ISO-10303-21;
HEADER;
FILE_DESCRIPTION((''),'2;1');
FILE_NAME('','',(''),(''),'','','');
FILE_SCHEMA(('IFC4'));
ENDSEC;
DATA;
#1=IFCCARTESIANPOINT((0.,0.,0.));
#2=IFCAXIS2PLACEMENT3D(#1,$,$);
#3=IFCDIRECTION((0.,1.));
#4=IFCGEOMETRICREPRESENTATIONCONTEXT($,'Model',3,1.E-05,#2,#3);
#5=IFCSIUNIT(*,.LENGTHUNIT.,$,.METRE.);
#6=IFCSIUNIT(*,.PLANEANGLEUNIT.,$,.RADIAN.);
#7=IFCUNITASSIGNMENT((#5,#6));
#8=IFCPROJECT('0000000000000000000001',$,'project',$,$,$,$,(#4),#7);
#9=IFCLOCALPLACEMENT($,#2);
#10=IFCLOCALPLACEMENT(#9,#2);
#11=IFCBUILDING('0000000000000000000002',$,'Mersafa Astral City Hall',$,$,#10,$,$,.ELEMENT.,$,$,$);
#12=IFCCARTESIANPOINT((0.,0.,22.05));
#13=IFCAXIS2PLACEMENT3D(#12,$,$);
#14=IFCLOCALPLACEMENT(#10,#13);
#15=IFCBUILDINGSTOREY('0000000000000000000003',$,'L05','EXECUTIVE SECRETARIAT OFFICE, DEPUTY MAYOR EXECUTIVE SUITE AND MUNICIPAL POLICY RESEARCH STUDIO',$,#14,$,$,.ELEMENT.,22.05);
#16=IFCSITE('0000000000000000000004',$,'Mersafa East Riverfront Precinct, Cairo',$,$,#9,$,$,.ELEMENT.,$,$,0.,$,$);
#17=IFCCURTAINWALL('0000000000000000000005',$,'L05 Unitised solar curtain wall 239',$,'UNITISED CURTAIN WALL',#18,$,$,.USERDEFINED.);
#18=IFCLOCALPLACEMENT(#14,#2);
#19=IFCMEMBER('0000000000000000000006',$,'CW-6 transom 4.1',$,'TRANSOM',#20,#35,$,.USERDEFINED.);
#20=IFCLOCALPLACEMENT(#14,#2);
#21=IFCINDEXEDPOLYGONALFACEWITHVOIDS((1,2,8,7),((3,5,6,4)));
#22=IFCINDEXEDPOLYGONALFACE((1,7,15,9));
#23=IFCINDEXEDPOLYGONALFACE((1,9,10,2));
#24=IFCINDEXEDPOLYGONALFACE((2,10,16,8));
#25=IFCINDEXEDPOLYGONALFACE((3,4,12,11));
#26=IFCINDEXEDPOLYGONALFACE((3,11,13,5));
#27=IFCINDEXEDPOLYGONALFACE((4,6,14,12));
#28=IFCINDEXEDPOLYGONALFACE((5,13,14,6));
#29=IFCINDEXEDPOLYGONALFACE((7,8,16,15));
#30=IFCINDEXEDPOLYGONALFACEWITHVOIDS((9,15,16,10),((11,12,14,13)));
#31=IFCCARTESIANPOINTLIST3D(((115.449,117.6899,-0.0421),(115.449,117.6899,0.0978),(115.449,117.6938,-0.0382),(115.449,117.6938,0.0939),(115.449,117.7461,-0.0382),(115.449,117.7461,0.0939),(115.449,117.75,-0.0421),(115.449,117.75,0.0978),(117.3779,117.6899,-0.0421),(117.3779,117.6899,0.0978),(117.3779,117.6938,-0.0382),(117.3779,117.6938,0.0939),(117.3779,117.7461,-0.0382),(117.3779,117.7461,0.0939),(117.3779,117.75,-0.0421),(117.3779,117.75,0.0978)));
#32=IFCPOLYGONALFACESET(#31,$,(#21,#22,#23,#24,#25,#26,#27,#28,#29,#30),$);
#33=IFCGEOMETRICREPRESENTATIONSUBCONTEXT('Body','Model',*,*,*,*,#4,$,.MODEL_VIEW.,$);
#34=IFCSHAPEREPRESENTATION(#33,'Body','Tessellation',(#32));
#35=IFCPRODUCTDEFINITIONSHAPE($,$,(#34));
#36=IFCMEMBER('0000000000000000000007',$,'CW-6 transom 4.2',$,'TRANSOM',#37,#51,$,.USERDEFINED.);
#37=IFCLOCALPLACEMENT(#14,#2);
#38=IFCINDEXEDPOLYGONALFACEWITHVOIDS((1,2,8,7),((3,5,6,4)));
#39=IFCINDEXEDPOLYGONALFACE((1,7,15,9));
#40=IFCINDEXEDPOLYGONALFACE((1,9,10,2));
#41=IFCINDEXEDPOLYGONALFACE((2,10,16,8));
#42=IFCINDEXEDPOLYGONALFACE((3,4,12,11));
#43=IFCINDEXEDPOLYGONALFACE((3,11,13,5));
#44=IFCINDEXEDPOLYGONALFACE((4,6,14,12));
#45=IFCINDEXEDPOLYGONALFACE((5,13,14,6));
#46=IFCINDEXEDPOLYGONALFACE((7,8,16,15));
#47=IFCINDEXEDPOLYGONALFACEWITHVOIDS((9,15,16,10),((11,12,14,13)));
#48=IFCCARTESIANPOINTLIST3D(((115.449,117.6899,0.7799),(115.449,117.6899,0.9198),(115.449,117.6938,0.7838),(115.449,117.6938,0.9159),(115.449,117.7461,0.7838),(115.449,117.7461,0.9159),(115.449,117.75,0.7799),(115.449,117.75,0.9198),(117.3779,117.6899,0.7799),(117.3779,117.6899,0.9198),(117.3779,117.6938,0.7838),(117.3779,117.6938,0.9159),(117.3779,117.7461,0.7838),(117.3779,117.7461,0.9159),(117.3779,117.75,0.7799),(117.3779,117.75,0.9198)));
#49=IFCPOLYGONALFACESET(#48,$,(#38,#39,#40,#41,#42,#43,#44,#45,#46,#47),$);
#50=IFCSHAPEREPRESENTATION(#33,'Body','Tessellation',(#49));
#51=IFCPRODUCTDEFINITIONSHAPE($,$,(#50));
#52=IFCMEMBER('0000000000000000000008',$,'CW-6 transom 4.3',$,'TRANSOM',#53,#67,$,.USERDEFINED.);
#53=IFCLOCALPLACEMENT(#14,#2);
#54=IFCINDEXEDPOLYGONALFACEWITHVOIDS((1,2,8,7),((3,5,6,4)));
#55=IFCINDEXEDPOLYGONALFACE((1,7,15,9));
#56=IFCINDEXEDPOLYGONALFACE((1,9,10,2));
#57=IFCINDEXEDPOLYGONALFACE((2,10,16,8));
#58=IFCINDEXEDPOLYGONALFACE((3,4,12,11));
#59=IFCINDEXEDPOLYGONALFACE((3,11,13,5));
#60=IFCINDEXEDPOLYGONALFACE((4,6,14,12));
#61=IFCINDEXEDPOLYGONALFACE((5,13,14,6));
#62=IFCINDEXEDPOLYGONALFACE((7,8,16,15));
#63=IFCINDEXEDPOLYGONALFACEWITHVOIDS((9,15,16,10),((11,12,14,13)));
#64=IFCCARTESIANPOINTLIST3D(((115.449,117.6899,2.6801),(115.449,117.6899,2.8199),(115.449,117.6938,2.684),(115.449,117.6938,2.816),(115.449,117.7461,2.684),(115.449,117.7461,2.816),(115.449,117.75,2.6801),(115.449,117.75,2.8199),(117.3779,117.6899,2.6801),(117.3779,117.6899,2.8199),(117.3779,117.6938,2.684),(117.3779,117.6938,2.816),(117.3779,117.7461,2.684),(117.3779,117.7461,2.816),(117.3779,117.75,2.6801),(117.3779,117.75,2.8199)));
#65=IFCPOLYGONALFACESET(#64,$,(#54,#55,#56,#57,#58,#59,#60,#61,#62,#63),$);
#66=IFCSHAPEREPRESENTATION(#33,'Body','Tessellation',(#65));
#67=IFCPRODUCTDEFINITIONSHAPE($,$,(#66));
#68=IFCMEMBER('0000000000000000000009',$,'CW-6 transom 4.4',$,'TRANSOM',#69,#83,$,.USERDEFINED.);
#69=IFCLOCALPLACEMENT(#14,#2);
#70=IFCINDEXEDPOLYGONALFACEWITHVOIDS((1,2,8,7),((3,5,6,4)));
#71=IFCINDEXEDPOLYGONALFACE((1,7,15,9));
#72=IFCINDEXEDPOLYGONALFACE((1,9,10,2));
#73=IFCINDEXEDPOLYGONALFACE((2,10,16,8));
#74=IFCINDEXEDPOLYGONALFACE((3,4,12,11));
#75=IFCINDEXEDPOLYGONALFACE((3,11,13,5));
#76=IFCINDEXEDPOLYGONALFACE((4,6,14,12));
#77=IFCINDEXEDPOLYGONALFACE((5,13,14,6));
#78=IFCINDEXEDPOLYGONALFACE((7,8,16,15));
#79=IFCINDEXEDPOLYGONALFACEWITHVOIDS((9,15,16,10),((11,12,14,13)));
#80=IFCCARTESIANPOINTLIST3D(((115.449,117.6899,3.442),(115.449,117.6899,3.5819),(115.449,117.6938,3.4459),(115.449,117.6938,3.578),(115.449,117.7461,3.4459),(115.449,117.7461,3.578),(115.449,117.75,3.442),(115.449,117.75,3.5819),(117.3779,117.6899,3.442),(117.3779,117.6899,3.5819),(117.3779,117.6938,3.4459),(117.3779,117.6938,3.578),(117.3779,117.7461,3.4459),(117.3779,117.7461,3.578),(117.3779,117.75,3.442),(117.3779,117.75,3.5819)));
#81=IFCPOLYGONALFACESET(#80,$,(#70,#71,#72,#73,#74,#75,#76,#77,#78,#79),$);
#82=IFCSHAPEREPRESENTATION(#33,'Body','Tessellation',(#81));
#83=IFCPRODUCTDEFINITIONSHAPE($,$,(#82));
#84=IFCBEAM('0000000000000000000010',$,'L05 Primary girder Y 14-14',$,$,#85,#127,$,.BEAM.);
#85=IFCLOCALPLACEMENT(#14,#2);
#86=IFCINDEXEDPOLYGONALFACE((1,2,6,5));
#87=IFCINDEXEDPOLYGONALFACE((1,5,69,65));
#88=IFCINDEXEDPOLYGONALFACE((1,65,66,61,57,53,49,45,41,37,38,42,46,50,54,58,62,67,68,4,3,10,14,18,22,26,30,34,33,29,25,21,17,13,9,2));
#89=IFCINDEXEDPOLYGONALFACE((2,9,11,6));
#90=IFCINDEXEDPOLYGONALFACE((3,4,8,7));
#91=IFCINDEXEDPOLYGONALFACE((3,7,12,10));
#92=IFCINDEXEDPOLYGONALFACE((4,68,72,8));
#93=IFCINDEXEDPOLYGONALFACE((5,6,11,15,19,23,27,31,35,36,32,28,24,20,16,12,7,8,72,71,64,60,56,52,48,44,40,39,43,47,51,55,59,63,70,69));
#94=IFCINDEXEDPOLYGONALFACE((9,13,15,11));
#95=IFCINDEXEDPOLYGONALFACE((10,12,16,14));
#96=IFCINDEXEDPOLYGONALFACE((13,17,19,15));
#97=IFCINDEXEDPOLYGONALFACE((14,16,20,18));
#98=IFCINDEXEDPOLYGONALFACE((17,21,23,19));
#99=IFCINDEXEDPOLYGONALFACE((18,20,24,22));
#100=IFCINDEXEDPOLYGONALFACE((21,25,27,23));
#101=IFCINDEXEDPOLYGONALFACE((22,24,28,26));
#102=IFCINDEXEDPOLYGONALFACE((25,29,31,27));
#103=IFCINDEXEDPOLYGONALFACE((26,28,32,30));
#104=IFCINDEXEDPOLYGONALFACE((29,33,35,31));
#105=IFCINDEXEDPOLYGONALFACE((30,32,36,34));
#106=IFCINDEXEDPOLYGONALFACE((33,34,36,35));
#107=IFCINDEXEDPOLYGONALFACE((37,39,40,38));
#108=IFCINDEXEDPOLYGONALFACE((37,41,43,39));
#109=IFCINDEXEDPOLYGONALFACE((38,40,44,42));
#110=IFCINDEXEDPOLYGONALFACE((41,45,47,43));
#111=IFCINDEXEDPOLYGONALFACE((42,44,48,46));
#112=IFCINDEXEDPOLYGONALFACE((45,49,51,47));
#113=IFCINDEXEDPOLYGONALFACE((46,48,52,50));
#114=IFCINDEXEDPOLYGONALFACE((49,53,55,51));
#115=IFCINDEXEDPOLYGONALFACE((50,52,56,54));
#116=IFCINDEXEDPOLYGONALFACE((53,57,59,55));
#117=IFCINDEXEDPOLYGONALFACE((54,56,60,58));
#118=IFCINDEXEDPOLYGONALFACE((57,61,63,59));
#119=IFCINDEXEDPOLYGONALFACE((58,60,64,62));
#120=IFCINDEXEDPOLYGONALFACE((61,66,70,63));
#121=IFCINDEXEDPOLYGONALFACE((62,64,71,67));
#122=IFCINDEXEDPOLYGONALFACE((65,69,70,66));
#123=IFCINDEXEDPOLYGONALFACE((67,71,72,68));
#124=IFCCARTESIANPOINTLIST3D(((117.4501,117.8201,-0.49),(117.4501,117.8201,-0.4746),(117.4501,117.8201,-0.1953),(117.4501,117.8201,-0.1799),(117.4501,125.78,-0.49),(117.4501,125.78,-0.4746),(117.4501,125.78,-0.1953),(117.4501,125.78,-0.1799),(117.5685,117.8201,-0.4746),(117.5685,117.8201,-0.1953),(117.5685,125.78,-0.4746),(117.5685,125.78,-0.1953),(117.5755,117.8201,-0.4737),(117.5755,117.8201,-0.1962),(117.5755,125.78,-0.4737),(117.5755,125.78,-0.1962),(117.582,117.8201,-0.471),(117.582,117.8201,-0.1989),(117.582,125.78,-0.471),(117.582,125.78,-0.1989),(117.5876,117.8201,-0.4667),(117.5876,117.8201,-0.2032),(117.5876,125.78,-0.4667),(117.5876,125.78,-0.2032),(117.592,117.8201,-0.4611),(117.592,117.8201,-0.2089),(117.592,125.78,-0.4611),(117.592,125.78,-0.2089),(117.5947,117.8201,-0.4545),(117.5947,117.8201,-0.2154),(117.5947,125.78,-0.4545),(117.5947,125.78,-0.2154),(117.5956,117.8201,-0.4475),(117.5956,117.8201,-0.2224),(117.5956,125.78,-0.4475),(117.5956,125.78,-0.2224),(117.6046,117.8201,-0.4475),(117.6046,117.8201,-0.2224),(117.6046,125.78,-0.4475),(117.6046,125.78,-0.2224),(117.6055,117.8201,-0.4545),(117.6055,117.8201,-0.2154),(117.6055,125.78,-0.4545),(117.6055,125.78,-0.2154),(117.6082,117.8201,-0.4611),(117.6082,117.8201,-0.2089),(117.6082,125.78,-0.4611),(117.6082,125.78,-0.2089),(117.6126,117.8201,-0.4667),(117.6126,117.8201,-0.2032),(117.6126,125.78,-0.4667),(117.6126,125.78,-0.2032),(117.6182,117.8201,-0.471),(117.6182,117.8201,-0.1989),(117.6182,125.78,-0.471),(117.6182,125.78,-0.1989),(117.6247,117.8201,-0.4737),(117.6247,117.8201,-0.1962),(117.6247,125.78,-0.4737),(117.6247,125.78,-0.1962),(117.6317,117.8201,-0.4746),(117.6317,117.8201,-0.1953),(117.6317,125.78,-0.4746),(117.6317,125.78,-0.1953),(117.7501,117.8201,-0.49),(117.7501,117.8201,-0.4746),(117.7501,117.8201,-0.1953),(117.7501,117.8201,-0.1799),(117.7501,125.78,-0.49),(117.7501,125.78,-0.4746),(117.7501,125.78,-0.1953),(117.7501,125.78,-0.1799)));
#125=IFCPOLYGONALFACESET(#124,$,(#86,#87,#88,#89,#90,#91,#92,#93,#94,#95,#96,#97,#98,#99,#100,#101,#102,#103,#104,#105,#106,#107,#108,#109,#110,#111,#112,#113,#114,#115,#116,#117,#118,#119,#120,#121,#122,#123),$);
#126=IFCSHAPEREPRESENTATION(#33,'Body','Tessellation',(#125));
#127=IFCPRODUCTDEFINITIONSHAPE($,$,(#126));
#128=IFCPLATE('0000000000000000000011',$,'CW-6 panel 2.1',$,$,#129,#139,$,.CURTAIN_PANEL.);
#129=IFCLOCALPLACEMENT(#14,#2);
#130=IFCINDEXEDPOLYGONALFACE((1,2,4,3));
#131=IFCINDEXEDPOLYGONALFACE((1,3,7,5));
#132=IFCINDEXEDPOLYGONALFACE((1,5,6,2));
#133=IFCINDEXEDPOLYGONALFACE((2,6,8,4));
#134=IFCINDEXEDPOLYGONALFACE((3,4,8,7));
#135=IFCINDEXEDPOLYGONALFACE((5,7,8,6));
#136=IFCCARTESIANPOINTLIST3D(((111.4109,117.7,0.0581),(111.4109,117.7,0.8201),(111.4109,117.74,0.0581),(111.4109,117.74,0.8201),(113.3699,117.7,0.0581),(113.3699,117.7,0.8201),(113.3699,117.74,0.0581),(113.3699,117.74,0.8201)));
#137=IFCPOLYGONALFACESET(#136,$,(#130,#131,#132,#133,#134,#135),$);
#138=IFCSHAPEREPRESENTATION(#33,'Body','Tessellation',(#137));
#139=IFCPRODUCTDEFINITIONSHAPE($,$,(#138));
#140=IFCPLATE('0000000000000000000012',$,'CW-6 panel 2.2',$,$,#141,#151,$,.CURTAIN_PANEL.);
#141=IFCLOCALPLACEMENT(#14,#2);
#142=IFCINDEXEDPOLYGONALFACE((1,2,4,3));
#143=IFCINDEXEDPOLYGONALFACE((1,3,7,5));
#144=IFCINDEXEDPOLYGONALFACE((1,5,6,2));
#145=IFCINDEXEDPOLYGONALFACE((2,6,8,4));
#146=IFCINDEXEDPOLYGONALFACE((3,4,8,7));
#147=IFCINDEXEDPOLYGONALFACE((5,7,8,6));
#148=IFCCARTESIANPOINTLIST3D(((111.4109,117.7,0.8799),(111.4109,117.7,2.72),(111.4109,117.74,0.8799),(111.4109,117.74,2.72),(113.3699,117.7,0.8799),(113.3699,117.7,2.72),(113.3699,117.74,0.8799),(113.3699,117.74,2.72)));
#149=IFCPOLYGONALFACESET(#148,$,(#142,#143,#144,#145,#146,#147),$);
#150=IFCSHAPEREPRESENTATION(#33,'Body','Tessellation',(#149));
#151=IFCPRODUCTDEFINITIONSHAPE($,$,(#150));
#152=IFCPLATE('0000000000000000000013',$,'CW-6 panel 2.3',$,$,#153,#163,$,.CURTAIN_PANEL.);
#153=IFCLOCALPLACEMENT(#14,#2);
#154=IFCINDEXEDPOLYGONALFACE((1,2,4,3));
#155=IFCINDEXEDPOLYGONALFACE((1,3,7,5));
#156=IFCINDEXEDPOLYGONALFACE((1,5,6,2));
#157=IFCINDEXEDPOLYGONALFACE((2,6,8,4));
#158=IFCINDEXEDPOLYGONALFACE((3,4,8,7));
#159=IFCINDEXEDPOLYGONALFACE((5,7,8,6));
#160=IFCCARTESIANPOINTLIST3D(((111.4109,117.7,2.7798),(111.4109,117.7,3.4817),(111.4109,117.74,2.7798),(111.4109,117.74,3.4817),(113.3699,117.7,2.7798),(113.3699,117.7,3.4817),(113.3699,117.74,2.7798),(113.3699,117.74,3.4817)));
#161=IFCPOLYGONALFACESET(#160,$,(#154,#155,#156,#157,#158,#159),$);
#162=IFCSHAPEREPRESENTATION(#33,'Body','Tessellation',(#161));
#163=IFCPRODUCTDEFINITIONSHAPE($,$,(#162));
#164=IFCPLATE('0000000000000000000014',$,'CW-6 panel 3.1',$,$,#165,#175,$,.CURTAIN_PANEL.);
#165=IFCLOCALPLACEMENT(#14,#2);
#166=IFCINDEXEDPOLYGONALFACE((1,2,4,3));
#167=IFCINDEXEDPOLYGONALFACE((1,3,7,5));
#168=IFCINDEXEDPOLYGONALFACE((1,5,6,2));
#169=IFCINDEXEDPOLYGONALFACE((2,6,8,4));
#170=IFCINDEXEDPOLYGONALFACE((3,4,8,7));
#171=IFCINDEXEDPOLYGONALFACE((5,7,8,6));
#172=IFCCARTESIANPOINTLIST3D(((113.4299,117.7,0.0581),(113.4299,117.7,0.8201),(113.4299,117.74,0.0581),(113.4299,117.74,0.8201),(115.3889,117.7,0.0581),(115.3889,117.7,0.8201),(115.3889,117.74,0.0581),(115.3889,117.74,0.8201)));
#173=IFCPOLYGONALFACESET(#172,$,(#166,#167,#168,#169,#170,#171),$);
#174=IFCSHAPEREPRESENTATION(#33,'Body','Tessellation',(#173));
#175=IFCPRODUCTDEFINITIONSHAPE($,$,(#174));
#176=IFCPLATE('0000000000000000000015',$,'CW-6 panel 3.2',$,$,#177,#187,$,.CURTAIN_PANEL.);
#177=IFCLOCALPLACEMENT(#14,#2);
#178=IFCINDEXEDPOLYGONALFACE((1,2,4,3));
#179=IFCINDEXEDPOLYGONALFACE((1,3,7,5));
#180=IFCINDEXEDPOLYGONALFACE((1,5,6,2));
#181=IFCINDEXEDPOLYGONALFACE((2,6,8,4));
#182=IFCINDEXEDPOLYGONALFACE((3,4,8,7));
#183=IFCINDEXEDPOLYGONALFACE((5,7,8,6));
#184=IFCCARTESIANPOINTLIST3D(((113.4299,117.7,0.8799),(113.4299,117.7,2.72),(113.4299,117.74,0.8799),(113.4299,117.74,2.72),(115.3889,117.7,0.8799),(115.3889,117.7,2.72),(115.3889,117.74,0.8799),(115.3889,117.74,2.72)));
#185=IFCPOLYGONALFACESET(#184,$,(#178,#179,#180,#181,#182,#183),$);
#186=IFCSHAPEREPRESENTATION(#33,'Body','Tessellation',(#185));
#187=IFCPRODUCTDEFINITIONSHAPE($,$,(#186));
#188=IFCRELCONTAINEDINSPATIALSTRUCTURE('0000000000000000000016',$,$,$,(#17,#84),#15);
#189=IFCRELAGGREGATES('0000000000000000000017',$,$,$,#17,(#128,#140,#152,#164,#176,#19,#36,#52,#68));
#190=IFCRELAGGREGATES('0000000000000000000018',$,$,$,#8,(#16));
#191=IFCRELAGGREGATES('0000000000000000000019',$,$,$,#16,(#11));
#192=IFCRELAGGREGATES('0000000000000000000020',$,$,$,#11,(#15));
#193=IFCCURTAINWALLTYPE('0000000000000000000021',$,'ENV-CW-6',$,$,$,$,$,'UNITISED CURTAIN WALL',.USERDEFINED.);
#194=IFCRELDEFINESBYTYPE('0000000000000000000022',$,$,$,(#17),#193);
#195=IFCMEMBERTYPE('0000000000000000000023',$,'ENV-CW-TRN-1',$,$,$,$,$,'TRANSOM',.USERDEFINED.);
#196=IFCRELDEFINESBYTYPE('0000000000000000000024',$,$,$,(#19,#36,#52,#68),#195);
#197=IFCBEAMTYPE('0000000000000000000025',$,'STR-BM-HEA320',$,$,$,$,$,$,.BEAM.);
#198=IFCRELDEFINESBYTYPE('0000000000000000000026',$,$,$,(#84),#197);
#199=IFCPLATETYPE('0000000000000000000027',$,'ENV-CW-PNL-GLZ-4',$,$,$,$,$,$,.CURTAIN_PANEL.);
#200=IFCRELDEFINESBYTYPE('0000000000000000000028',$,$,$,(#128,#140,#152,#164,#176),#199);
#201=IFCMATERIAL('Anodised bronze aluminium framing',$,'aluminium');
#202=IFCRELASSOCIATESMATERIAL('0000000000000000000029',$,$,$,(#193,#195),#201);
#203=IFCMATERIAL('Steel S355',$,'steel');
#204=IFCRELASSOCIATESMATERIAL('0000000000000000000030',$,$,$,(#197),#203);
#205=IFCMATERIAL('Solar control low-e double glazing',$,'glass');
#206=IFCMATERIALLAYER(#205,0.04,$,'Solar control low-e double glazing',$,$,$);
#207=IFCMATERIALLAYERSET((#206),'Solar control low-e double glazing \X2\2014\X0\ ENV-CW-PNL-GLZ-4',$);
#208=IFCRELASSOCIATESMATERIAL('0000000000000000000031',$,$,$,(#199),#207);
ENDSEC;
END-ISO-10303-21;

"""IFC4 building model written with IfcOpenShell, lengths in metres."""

from ifc_helpers import new_model, si_unit, direction, frame, origin, origin_2d, place, context, subcontext, project, spatial, rectangle, hollow_rectangle, i_section, extrude, material, layer, layer_set, material_profile, profile_set, type_object, element, aggregate, save


model = new_model("IFC4")

# Units and contexts
model_context = context("Model", 3, precision=1e-05, world=origin(), true_north=direction((0.0, 1.0)))
body_context = subcontext(model_context, "Body", "Model", "MODEL_VIEW")
ifc_project = project(units=[si_unit("LENGTHUNIT", "METRE"), si_unit("PLANEANGLEUNIT", "RADIAN")], contexts=[model_context])

# Site, building, storey
site_placement = place(None, origin())
site = spatial("IfcSite", under=ifc_project, at=site_placement, Name="Mersafa East Riverfront Precinct, Cairo", CompositionType="ELEMENT", RefElevation=0.0)
building_placement = place(site_placement, origin())
building = spatial("IfcBuilding", under=site, at=building_placement, Name="Mersafa Astral City Hall", CompositionType="ELEMENT")
storey_placement = place(building_placement, frame((0.0, 0.0, 22.05)))
storey = spatial("IfcBuildingStorey", under=building, at=storey_placement, Name="L05", Description="EXECUTIVE SECRETARIAT OFFICE, DEPUTY MAYOR EXECUTIVE SUITE AND MUNICIPAL POLICY RESEARCH STUDIO", CompositionType="ELEMENT", Elevation=22.05)

# Curtain wall, members
ifc_material_1 = material(Name="Anodised bronze aluminium framing", Category="aluminium")
curtain_wall_type = type_object("IfcCurtainWallType", Name="ENV-CW-6", ElementType="UNITISED CURTAIN WALL", PredefinedType="USERDEFINED", material=ifc_material_1)
curtain_wall_placement = place(storey_placement, origin())
curtain_wall = element("IfcCurtainWall", 1, at=curtain_wall_placement, inside=storey, type_object=curtain_wall_type, Name="L05 Unitised solar curtain wall 239", ObjectType="UNITISED CURTAIN WALL", PredefinedType="USERDEFINED")
ifc_material_profile_1 = material_profile(ifc_material_1, hollow_rectangle(XDim=0.0601, YDim=0.1399, WallThickness=0.0039, at=origin_2d()), Name="RHS 60x140x4")
ifc_profile_set_1 = profile_set([ifc_material_profile_1], Name="Anodised bronze aluminium framing")
member_type_1 = type_object("IfcMemberType", Name="ENV-CW-TRN-1", ElementType="TRANSOM", PredefinedType="USERDEFINED", material=ifc_profile_set_1)
member_1_placement = place(storey_placement, frame((115.449, 117.72, 0.0278), z_axis=(1.0, 0.0, 0.0), x_axis=(0.0, 1.0, 0.0)))
member_1 = element("IfcMember", 2, at=member_1_placement, type_object=member_type_1, Name="CW-6 transom 4.1", ObjectType="TRANSOM", PredefinedType="USERDEFINED", context=body_context, shape_type="SweptSolid", body=[
    extrude(hollow_rectangle(XDim=0.0601, YDim=0.1399, WallThickness=0.0039, at=origin_2d()), origin(), (0.0, 0.0, 1.0), 1.929),
])
member_2_placement = place(storey_placement, frame((115.449, 117.72, 0.8499), z_axis=(1.0, 0.0, 0.0), x_axis=(0.0, 1.0, 0.0)))
member_2 = element("IfcMember", 3, at=member_2_placement, type_object=member_type_1, Name="CW-6 transom 4.2", ObjectType="TRANSOM", PredefinedType="USERDEFINED", context=body_context, shape_type="SweptSolid", body=[
    extrude(hollow_rectangle(XDim=0.0601, YDim=0.1399, WallThickness=0.0039, at=origin_2d()), origin(), (0.0, 0.0, 1.0), 1.929),
])
member_3_placement = place(storey_placement, frame((115.449, 117.72, 2.75), z_axis=(1.0, 0.0, 0.0), x_axis=(0.0, 1.0, 0.0)))
member_3 = element("IfcMember", 4, at=member_3_placement, type_object=member_type_1, Name="CW-6 transom 4.3", ObjectType="TRANSOM", PredefinedType="USERDEFINED", context=body_context, shape_type="SweptSolid", body=[
    extrude(hollow_rectangle(XDim=0.0601, YDim=0.1399, WallThickness=0.0039, at=origin_2d()), origin(), (0.0, 0.0, 1.0), 1.929),
])
member_4_placement = place(storey_placement, frame((115.449, 117.72, 3.512), z_axis=(1.0, 0.0, 0.0), x_axis=(0.0, 1.0, 0.0)))
member_4 = element("IfcMember", 5, at=member_4_placement, type_object=member_type_1, Name="CW-6 transom 4.4", ObjectType="TRANSOM", PredefinedType="USERDEFINED", context=body_context, shape_type="SweptSolid", body=[
    extrude(hollow_rectangle(XDim=0.0601, YDim=0.1399, WallThickness=0.0039, at=origin_2d()), origin(), (0.0, 0.0, 1.0), 1.929),
])

# Beam
ifc_material_2 = material(Name="Steel S355", Category="steel")
ifc_material_profile_2 = material_profile(ifc_material_2, i_section(OverallWidth=0.3, OverallDepth=0.3101, WebThickness=0.009, FlangeThickness=0.0154, FilletRadius=0.0271, at=origin_2d()), Name="HEA 320")
ifc_profile_set_2 = profile_set([ifc_material_profile_2], Name="Steel S355")
beam_type = type_object("IfcBeamType", Name="STR-BM-HEA320", PredefinedType="BEAM", material=ifc_profile_set_2)
beam_placement = place(storey_placement, frame((117.6001, 117.8201, -0.335), z_axis=(0.0, 1.0, 0.0), x_axis=(-1.0, 0.0, 0.0)))
element("IfcBeam", 6, at=beam_placement, inside=storey, type_object=beam_type, Name="L05 Primary girder Y 14-14", PredefinedType="BEAM", context=body_context, shape_type="SweptSolid", body=[
    extrude(i_section(OverallWidth=0.3, OverallDepth=0.3101, WebThickness=0.009, FlangeThickness=0.0154, FilletRadius=0.0271, at=origin_2d()), origin(), (0.0, 0.0, 1.0), 7.96),
])

# Plates
ifc_material_3 = material(Name="Solar control low-e double glazing", Category="glass")
ifc_layer = layer(ifc_material_3, 0.04, Name="Solar control low-e double glazing")
ifc_layer_set = layer_set([ifc_layer], Name="Solar control low-e double glazing — ENV-CW-PNL-GLZ-4")
plate_type = type_object("IfcPlateType", Name="ENV-CW-PNL-GLZ-4", PredefinedType="CURTAIN_PANEL", material=ifc_layer_set)
plate_1_placement = place(storey_placement, frame((112.3904, 117.72, 0.0581), z_axis=(0.0, 0.0, 1.0), x_axis=(1.0, 0.0, 0.0)))
plate_1 = element("IfcPlate", 7, at=plate_1_placement, type_object=plate_type, Name="CW-6 panel 2.1", PredefinedType="CURTAIN_PANEL", context=body_context, shape_type="SweptSolid", body=[
    extrude(rectangle(XDim=1.959, YDim=0.04, at=origin_2d()), origin(), (0.0, 0.0, 1.0), 0.762),
])
plate_2_placement = place(storey_placement, frame((112.3904, 117.72, 0.8799), z_axis=(0.0, 0.0, 1.0), x_axis=(1.0, 0.0, 0.0)))
plate_2 = element("IfcPlate", 8, at=plate_2_placement, type_object=plate_type, Name="CW-6 panel 2.2", PredefinedType="CURTAIN_PANEL", context=body_context, shape_type="SweptSolid", body=[
    extrude(rectangle(XDim=1.959, YDim=0.04, at=origin_2d()), origin(), (0.0, 0.0, 1.0), 1.8401),
])
plate_3_placement = place(storey_placement, frame((112.3904, 117.72, 2.7798), z_axis=(0.0, 0.0, 1.0), x_axis=(1.0, 0.0, 0.0)))
plate_3 = element("IfcPlate", 9, at=plate_3_placement, type_object=plate_type, Name="CW-6 panel 2.3", PredefinedType="CURTAIN_PANEL", context=body_context, shape_type="SweptSolid", body=[
    extrude(rectangle(XDim=1.959, YDim=0.04, at=origin_2d()), origin(), (0.0, 0.0, 1.0), 0.7019),
])
plate_4_placement = place(storey_placement, frame((114.4094, 117.72, 0.0581), z_axis=(0.0, 0.0, 1.0), x_axis=(1.0, 0.0, 0.0)))
plate_4 = element("IfcPlate", 10, at=plate_4_placement, type_object=plate_type, Name="CW-6 panel 3.1", PredefinedType="CURTAIN_PANEL", context=body_context, shape_type="SweptSolid", body=[
    extrude(rectangle(XDim=1.959, YDim=0.04, at=origin_2d()), origin(), (0.0, 0.0, 1.0), 0.762),
])
plate_5_placement = place(storey_placement, frame((114.4094, 117.72, 0.8799), z_axis=(0.0, 0.0, 1.0), x_axis=(1.0, 0.0, 0.0)))
plate_5 = element("IfcPlate", 11, at=plate_5_placement, type_object=plate_type, Name="CW-6 panel 3.2", PredefinedType="CURTAIN_PANEL", context=body_context, shape_type="SweptSolid", body=[
    extrude(rectangle(XDim=1.959, YDim=0.04, at=origin_2d()), origin(), (0.0, 0.0, 1.0), 1.8401),
])
aggregate(curtain_wall, [plate_1, plate_2, plate_3, plate_4, plate_5, member_1, member_2, member_3, member_4])

save(model, "model.ifc")
